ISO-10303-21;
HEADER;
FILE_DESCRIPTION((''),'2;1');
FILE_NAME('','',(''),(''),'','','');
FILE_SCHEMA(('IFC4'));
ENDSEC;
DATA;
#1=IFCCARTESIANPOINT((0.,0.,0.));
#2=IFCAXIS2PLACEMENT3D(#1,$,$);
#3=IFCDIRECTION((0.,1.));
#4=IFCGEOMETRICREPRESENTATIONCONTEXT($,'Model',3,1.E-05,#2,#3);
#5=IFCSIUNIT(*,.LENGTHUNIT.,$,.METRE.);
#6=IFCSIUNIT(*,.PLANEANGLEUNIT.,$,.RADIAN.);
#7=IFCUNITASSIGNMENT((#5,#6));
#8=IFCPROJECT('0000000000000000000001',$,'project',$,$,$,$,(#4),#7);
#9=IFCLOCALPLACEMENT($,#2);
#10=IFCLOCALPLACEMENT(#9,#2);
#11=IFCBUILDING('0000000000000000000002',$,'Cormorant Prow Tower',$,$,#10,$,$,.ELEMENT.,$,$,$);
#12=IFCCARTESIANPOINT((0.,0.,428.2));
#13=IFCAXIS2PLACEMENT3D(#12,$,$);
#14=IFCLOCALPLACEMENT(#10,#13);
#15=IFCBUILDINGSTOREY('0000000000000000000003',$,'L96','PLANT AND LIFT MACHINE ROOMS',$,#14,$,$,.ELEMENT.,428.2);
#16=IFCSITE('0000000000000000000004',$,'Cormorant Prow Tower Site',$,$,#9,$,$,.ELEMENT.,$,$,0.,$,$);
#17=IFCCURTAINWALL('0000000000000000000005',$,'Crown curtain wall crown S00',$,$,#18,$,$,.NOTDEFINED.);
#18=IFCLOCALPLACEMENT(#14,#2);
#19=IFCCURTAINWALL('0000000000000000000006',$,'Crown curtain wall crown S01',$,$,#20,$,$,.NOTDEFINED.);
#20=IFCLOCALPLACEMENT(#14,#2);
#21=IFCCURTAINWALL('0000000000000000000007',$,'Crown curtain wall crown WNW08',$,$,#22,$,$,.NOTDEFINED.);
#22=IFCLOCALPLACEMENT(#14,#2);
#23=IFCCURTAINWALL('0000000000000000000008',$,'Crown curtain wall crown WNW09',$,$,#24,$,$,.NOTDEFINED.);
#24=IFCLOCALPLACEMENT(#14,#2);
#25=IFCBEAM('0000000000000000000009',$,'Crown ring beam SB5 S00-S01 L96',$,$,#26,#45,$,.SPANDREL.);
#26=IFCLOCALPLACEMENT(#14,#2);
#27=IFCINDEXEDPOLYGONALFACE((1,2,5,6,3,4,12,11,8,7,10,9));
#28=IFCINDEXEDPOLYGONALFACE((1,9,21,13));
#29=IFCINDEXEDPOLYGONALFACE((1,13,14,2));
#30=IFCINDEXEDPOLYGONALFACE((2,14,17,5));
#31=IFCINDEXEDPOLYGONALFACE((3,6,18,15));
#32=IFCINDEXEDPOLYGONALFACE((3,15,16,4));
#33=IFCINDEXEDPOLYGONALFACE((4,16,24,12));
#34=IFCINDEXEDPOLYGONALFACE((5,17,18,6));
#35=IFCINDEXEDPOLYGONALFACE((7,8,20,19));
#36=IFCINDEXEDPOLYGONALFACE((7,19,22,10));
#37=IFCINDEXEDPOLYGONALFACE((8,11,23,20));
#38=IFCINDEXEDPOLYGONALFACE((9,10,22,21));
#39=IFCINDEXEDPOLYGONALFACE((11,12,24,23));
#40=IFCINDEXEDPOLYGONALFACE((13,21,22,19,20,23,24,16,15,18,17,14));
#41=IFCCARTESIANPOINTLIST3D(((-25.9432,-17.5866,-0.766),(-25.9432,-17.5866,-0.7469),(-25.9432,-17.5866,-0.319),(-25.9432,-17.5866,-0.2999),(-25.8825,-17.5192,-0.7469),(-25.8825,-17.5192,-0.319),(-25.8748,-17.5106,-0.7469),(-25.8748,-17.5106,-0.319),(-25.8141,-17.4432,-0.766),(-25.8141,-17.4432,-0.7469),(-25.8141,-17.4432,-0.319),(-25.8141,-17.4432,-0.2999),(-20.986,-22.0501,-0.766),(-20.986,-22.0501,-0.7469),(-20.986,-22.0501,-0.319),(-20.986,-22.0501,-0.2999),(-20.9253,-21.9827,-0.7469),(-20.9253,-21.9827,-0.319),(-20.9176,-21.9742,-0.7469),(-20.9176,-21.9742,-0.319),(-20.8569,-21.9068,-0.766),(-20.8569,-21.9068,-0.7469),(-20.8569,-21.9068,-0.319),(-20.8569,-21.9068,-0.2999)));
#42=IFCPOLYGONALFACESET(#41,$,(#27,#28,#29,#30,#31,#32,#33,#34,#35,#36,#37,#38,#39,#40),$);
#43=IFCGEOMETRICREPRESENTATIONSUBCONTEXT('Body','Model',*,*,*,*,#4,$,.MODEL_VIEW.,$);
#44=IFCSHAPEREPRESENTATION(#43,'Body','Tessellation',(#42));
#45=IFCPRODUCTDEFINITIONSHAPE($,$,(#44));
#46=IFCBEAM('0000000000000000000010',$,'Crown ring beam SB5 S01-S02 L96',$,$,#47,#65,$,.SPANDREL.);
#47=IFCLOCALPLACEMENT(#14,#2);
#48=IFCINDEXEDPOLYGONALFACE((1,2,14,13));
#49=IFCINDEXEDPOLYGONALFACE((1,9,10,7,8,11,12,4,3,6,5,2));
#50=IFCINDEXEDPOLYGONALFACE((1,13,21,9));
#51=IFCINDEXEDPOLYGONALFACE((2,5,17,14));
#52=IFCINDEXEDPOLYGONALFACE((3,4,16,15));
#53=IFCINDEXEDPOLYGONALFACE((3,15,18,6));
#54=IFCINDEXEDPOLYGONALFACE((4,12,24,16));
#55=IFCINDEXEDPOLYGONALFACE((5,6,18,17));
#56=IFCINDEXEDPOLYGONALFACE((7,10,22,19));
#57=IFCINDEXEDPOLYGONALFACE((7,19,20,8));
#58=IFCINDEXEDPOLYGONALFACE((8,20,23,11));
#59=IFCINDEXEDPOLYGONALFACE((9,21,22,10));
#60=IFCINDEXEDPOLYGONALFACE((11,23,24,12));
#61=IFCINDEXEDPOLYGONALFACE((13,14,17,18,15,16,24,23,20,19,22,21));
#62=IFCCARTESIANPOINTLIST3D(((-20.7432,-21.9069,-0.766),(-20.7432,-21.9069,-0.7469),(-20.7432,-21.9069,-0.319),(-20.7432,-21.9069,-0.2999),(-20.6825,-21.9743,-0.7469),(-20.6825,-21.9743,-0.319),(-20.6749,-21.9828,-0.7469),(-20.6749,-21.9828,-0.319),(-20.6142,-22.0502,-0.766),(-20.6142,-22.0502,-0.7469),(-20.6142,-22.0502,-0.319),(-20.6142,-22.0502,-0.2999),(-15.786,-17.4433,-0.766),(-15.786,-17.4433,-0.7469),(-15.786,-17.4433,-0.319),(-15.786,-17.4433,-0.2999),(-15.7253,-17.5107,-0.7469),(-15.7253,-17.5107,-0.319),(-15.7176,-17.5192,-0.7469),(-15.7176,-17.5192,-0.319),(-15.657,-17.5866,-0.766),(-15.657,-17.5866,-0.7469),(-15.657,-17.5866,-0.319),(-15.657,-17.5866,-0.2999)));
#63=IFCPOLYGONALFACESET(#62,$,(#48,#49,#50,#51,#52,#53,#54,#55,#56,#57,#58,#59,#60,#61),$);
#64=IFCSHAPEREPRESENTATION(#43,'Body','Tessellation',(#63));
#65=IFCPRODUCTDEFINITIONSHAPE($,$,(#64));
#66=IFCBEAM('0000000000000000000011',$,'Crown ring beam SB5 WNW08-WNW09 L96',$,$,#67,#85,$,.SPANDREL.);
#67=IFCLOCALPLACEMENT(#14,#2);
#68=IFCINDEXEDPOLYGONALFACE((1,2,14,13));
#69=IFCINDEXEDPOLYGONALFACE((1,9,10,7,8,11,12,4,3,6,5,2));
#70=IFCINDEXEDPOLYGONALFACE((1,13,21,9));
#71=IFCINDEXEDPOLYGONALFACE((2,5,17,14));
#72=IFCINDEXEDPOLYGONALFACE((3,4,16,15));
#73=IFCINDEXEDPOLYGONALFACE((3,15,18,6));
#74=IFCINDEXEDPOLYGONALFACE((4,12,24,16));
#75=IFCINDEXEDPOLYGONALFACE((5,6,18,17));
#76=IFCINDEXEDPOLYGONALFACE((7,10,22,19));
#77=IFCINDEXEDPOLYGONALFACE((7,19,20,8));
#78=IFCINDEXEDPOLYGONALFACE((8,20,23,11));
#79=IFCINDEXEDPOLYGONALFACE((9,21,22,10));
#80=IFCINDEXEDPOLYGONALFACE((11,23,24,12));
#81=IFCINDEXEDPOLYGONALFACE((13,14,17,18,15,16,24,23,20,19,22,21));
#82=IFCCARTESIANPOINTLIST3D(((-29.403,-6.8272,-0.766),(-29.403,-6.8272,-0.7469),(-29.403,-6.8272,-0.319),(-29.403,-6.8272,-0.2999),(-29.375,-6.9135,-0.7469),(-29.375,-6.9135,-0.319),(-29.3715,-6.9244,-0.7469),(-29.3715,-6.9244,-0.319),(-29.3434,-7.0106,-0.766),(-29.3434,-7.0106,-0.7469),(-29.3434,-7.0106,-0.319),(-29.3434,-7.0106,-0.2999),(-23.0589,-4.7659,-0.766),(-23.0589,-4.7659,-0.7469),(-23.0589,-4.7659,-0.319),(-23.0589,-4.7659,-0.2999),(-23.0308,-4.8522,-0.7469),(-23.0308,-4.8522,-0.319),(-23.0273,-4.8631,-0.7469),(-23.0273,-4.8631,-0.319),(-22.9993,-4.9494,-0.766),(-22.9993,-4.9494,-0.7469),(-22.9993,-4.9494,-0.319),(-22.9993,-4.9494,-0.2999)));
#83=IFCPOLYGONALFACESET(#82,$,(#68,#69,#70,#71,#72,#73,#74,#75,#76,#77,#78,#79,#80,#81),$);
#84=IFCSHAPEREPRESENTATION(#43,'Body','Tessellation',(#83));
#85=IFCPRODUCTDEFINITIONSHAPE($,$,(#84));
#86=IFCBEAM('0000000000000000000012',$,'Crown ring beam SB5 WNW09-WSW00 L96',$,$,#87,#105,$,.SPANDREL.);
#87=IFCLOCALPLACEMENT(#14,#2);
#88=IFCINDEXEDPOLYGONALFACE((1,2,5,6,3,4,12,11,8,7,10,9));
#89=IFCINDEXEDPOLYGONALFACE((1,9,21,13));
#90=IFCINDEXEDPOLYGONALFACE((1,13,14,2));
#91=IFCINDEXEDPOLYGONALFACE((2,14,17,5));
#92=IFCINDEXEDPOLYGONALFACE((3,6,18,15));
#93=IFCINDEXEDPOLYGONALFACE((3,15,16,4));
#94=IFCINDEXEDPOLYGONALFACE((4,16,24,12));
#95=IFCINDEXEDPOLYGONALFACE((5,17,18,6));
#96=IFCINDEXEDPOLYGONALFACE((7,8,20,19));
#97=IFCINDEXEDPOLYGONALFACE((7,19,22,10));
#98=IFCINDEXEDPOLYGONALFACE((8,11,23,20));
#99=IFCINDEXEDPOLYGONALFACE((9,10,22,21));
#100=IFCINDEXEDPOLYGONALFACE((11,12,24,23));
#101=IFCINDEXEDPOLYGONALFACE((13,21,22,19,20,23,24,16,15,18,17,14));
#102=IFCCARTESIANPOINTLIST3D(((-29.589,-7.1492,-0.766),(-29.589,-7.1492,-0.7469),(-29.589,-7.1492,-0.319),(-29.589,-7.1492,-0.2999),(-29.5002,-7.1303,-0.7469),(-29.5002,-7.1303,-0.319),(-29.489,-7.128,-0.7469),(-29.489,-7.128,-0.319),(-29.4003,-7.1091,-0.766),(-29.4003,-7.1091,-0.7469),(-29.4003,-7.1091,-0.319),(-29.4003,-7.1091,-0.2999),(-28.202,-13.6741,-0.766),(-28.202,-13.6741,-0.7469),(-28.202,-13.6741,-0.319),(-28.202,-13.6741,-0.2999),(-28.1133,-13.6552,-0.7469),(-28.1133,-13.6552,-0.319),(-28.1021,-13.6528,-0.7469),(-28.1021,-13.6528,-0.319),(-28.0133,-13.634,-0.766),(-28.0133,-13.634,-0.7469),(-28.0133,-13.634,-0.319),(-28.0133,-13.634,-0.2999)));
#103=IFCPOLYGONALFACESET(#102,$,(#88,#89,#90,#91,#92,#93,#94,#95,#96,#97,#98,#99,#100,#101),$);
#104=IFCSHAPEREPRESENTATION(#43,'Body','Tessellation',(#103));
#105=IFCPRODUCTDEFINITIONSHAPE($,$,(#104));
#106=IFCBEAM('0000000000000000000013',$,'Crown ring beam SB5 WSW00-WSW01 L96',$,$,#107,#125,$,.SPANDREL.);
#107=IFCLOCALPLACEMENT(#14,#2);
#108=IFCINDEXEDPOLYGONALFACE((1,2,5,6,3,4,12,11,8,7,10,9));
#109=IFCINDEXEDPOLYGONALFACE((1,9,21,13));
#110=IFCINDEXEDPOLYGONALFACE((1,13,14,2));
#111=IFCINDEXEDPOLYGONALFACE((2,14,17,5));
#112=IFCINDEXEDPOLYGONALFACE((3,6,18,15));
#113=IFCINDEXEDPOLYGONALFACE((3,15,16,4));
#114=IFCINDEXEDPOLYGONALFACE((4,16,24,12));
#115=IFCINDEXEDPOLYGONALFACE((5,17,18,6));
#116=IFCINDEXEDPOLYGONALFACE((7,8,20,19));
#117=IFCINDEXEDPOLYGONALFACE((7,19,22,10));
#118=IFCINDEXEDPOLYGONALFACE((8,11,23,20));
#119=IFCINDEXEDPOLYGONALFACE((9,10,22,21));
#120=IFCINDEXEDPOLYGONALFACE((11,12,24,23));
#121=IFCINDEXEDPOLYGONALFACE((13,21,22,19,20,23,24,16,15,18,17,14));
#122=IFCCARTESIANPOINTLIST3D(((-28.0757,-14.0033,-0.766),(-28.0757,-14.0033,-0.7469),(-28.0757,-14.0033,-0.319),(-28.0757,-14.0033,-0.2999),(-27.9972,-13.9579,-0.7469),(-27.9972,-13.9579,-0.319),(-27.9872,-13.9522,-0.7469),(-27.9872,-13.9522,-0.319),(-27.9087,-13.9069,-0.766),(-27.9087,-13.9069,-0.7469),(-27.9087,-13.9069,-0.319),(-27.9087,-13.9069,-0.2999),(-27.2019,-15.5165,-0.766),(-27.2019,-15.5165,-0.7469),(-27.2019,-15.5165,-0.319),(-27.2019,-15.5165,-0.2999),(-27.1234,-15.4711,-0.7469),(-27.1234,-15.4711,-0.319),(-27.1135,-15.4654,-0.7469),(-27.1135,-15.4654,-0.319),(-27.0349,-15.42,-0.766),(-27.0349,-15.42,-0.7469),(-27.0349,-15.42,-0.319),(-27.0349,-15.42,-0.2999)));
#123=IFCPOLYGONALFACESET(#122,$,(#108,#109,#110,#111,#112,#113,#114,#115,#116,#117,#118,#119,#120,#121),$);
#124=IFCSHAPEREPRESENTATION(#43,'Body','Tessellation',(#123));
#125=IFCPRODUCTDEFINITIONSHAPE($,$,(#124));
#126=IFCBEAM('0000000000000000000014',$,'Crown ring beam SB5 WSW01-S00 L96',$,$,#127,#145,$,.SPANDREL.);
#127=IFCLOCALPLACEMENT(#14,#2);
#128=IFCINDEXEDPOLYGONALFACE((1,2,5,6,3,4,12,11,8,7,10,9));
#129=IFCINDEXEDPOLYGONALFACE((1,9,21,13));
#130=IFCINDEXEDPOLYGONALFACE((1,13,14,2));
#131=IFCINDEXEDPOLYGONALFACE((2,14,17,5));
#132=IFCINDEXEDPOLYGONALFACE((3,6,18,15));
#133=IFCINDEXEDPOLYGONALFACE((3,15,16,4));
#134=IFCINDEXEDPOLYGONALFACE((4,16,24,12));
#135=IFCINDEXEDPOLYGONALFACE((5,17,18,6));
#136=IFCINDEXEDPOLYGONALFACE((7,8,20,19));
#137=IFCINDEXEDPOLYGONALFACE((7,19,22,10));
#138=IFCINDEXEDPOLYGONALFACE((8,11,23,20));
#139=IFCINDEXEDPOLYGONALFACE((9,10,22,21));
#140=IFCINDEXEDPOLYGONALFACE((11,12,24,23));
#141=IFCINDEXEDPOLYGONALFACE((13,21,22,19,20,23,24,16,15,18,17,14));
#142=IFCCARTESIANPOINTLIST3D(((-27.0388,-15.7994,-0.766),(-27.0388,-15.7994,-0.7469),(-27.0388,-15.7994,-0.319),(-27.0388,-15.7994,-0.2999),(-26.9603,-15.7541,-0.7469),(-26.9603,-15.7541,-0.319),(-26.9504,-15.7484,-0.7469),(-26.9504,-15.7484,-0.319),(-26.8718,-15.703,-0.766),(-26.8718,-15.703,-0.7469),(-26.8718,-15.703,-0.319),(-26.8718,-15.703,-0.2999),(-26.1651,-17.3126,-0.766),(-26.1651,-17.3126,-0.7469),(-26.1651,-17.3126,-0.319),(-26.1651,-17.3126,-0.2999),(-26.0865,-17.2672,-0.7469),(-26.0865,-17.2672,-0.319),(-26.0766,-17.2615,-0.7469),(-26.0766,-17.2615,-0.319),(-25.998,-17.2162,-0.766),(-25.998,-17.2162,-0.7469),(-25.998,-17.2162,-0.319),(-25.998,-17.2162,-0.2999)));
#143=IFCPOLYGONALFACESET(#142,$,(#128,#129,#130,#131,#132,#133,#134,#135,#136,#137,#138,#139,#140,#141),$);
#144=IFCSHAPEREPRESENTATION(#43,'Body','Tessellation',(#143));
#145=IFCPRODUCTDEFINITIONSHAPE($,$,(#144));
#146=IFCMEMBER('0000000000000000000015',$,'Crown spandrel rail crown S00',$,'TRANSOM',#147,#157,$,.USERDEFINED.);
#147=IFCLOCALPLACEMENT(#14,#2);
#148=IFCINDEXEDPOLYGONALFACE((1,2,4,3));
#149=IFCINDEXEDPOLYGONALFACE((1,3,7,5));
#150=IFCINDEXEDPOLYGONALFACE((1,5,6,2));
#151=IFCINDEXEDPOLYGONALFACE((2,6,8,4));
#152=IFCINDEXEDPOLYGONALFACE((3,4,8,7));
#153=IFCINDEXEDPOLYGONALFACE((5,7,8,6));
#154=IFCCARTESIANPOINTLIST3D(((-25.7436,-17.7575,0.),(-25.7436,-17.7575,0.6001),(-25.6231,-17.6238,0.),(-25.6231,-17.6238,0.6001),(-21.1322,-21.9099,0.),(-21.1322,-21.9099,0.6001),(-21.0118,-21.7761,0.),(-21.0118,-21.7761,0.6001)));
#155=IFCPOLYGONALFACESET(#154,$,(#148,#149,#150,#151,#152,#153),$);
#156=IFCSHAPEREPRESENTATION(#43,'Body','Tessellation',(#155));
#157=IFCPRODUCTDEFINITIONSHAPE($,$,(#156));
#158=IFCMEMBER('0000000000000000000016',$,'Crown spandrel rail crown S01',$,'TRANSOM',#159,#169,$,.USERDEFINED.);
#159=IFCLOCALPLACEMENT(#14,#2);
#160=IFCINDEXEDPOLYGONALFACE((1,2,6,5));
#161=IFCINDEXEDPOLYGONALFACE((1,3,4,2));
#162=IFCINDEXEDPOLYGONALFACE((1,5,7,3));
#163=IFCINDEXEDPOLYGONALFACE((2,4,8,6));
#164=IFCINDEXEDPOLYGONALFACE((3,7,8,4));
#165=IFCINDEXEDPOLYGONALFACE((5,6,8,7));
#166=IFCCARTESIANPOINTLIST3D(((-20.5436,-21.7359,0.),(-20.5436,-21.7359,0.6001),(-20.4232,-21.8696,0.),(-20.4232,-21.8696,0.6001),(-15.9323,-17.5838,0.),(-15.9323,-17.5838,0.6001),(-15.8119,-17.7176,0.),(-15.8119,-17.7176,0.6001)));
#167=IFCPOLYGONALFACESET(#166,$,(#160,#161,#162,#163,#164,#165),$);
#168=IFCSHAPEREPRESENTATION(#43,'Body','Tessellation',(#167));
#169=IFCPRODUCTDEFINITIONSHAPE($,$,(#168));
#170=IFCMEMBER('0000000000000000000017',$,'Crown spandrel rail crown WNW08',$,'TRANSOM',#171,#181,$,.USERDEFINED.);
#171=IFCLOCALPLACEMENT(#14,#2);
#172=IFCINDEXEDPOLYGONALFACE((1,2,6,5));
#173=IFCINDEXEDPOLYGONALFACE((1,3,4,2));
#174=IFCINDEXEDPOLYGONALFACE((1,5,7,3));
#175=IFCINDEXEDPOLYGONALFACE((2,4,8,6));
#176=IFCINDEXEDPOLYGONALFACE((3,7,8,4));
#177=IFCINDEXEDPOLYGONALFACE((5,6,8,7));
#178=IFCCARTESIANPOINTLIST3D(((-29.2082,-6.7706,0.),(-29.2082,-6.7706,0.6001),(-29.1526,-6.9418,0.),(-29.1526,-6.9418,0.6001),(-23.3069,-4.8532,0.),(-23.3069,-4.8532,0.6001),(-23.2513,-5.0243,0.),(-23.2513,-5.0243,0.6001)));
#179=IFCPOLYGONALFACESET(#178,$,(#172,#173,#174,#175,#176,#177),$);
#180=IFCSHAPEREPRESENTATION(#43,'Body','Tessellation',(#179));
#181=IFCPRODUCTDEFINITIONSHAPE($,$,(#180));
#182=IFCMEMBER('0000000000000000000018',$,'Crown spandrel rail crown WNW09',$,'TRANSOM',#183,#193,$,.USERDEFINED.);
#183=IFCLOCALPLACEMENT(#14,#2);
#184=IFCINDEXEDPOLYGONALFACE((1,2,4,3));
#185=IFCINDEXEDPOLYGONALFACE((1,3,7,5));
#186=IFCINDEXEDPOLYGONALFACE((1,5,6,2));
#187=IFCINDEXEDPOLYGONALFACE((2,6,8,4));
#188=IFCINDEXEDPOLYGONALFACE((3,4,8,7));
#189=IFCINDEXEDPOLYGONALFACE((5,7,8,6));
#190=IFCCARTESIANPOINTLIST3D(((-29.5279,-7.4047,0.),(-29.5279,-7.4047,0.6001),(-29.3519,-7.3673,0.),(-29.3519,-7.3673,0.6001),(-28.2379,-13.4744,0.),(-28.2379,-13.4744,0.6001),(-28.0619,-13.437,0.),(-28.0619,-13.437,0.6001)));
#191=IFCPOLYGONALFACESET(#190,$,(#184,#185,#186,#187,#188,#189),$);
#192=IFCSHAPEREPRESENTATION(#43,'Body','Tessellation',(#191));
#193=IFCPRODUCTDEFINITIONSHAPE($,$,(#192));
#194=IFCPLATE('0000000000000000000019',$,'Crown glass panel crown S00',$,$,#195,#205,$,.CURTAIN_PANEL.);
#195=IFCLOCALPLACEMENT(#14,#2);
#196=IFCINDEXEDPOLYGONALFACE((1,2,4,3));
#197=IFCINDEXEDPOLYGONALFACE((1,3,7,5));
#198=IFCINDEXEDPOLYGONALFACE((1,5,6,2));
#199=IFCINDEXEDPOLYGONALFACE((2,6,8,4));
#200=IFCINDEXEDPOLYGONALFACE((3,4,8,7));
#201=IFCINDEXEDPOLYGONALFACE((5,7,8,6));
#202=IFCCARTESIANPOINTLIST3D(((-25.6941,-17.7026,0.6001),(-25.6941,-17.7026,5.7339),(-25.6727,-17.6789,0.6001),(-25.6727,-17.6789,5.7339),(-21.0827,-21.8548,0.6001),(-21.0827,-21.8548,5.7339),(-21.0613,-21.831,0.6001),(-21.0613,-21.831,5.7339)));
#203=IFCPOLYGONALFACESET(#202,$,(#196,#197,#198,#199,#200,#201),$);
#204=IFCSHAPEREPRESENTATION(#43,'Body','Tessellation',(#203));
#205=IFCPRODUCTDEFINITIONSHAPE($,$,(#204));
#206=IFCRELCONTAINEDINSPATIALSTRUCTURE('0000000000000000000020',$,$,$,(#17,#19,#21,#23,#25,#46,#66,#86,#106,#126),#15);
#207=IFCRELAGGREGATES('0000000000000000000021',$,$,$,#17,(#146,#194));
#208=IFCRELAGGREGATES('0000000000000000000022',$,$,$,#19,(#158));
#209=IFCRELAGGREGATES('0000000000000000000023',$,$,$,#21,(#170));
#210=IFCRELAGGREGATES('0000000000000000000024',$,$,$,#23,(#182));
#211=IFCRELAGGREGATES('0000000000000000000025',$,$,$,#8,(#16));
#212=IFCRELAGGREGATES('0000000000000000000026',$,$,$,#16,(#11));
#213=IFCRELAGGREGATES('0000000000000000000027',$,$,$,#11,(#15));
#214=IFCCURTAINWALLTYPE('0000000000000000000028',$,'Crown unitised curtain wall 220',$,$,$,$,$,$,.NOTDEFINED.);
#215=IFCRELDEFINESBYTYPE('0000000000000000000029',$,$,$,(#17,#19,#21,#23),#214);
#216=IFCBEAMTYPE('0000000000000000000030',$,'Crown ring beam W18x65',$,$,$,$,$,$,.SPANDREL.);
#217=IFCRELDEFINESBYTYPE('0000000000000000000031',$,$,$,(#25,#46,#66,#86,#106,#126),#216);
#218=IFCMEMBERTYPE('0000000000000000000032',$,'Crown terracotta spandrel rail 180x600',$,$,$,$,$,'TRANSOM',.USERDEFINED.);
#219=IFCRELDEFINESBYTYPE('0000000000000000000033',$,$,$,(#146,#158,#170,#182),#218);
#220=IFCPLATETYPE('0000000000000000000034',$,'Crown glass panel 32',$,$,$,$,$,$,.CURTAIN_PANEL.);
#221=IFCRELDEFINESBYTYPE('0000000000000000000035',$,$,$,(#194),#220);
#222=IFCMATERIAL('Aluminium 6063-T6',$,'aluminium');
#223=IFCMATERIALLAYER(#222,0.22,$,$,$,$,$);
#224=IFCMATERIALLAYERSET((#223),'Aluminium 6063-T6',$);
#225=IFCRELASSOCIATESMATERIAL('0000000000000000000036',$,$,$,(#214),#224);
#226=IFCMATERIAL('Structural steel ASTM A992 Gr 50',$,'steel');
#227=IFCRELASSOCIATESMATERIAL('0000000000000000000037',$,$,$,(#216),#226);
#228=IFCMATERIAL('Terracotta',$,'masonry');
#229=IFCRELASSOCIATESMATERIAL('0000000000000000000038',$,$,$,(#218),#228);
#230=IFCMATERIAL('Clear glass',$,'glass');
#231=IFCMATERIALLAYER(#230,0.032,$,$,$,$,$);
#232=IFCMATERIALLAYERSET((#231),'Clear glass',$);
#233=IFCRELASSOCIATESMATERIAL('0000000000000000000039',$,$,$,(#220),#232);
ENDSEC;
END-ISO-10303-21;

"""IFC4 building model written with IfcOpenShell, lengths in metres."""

from ifc_helpers import new_model, si_unit, direction, frame, origin, origin_2d, place, context, subcontext, project, spatial, rectangle, i_section, extrude, material, layer, layer_set, material_profile, profile_set, type_object, element, aggregate, save


model = new_model("IFC4")

# Units and contexts
model_context = context("Model", 3, precision=1e-05, world=origin(), true_north=direction((0.0, 1.0)))
body_context = subcontext(model_context, "Body", "Model", "MODEL_VIEW")
ifc_project = project(units=[si_unit("LENGTHUNIT", "METRE"), si_unit("PLANEANGLEUNIT", "RADIAN")], contexts=[model_context])

# Site, building, storey
site_placement = place(None, origin())
site = spatial("IfcSite", under=ifc_project, at=site_placement, Name="Cormorant Prow Tower Site", CompositionType="ELEMENT", RefElevation=0.0)
building_placement = place(site_placement, origin())
building = spatial("IfcBuilding", under=site, at=building_placement, Name="Cormorant Prow Tower", CompositionType="ELEMENT")
storey_placement = place(building_placement, frame((0.0, 0.0, 428.2)))
storey = spatial("IfcBuildingStorey", under=building, at=storey_placement, Name="L96", Description="PLANT AND LIFT MACHINE ROOMS", CompositionType="ELEMENT", Elevation=428.2)

# Curtain walls
ifc_material_1 = material(Name="Aluminium 6063-T6", Category="aluminium")
ifc_layer_1 = layer(ifc_material_1, 0.22)
ifc_layer_set_1 = layer_set([ifc_layer_1], Name="Aluminium 6063-T6")
curtain_wall_type = type_object("IfcCurtainWallType", Name="Crown unitised curtain wall 220", PredefinedType="NOTDEFINED", material=ifc_layer_set_1)
curtain_wall_1_placement = place(storey_placement, origin())
curtain_wall_1 = element("IfcCurtainWall", 1, at=curtain_wall_1_placement, inside=storey, type_object=curtain_wall_type, Name="Crown curtain wall crown S00", PredefinedType="NOTDEFINED")
curtain_wall_2_placement = place(storey_placement, origin())
curtain_wall_2 = element("IfcCurtainWall", 2, at=curtain_wall_2_placement, inside=storey, type_object=curtain_wall_type, Name="Crown curtain wall crown S01", PredefinedType="NOTDEFINED")
curtain_wall_3_placement = place(storey_placement, origin())
curtain_wall_3 = element("IfcCurtainWall", 3, at=curtain_wall_3_placement, inside=storey, type_object=curtain_wall_type, Name="Crown curtain wall crown WNW08", PredefinedType="NOTDEFINED")
curtain_wall_4_placement = place(storey_placement, origin())
curtain_wall_4 = element("IfcCurtainWall", 4, at=curtain_wall_4_placement, inside=storey, type_object=curtain_wall_type, Name="Crown curtain wall crown WNW09", PredefinedType="NOTDEFINED")

# Beams
ifc_material_2 = material(Name="Structural steel ASTM A992 Gr 50", Category="steel")
ifc_material_profile_1 = material_profile(ifc_material_2, i_section(OverallWidth=0.1929, OverallDepth=0.4661, WebThickness=0.0115, FlangeThickness=0.019, at=origin_2d()), Name="W18x65")
ifc_profile_set_1 = profile_set([ifc_material_profile_1], Name="Structural steel ASTM A992 Gr 50")
beam_type = type_object("IfcBeamType", Name="Crown ring beam W18x65", PredefinedType="SPANDREL", material=ifc_profile_set_1)
for number, where, z_axis, x_axis, name in (
    (5, (-25.8787, -17.5149, -0.533), (0.743139, -0.669137, 0.0), (0.669137, 0.743139, 0.0), "Crown ring beam SB5 S00-S01 L96"),
    (6, (-20.6787, -21.9785, -0.533), (0.743139, 0.669137, 0.0), (-0.669137, 0.743139, 0.0), "Crown ring beam SB5 S01-S02 L96"),
    (7, (-23.0291, -4.8577, -0.533), (-0.95106, -0.309005, 0.0), (0.309005, -0.95106, 0.0), "Crown ring beam SB5 WNW08-WNW09 L96"),
    (8, (-29.4946, -7.1292, -0.533), (0.207919, -0.978146, 0.0), (0.978146, 0.207919, 0.0), "Crown ring beam SB5 WNW09-WSW00 L96"),
):
    element("IfcBeam", number, at=place(storey_placement, frame(where, z_axis=z_axis, x_axis=x_axis)), inside=storey, type_object=beam_type, Name=name, PredefinedType="SPANDREL", context=body_context, shape_type="SweptSolid", body=[
        extrude(i_section(OverallWidth=0.1929, OverallDepth=0.4661, WebThickness=0.0115, FlangeThickness=0.019, at=origin_2d()), origin(), (0.0, 0.0, 1.0), 6.6707),
    ])
for number, where, z_axis, x_axis, name in (
    (9, (-27.9922, -13.9551, -0.533), (0.500061, -0.86599, 0.0), (0.86599, 0.500061, 0.0), "Crown ring beam SB5 WSW00-WSW01 L96"),
    (10, (-26.9553, -15.7512, -0.533), (0.500061, -0.86599, 0.0), (0.86599, 0.500061, 0.0), "Crown ring beam SB5 WSW01-S00 L96"),
):
    element("IfcBeam", number, at=place(storey_placement, frame(where, z_axis=z_axis, x_axis=x_axis)), inside=storey, type_object=beam_type, Name=name, PredefinedType="SPANDREL", context=body_context, shape_type="SweptSolid", body=[
        extrude(i_section(OverallWidth=0.1929, OverallDepth=0.4661, WebThickness=0.0115, FlangeThickness=0.019, at=origin_2d()), origin(), (0.0, 0.0, 1.0), 1.7473),
    ])

# Members
ifc_material_3 = material(Name="Terracotta", Category="masonry")
ifc_material_profile_2 = material_profile(ifc_material_3, rectangle(XDim=0.1799, YDim=0.6001, at=origin_2d()), Name="Crown terracotta spandrel rail 180x600")
ifc_profile_set_2 = profile_set([ifc_material_profile_2], Name="Terracotta")
member_type_1 = type_object("IfcMemberType", Name="Crown terracotta spandrel rail 180x600", ElementType="TRANSOM", PredefinedType="USERDEFINED", material=ifc_profile_set_2)
member_1_placement = place(storey_placement, frame((-25.6833, -17.6907, 0.3), z_axis=(0.743122, -0.669156, 0.0), x_axis=(0.669156, 0.743122, 0.0)))
member_1 = element("IfcMember", 11, at=member_1_placement, type_object=member_type_1, Name="Crown spandrel rail crown S00", ObjectType="TRANSOM", PredefinedType="USERDEFINED", context=body_context, shape_type="SweptSolid", body=[
    extrude(rectangle(XDim=0.1799, YDim=0.6001, at=origin_2d()), origin(), (0.0, 0.0, 1.0), 6.2053),
])
member_2_placement = place(storey_placement, frame((-20.4834, -21.8027, 0.3), z_axis=(0.743142, 0.669134, 0.0), x_axis=(-0.669134, 0.743142, 0.0)))
member_2 = element("IfcMember", 12, at=member_2_placement, type_object=member_type_1, Name="Crown spandrel rail crown S01", ObjectType="TRANSOM", PredefinedType="USERDEFINED", context=body_context, shape_type="SweptSolid", body=[
    extrude(rectangle(XDim=0.1799, YDim=0.6001, at=origin_2d()), origin(), (0.0, 0.0, 1.0), 6.2051),
])
member_3_placement = place(storey_placement, frame((-23.2791, -4.9387, 0.3), z_axis=(-0.951056, -0.309018, 0.0), x_axis=(0.309018, -0.951056, 0.0)))
member_3 = element("IfcMember", 13, at=member_3_placement, type_object=member_type_1, Name="Crown spandrel rail crown WNW08", ObjectType="TRANSOM", PredefinedType="USERDEFINED", context=body_context, shape_type="SweptSolid", body=[
    extrude(rectangle(XDim=0.1799, YDim=0.6001, at=origin_2d()), origin(), (0.0, 0.0, 1.0), 6.2051),
])
member_4_placement = place(storey_placement, frame((-29.4399, -7.386, 0.3), z_axis=(0.20789, -0.978152, 0.0), x_axis=(0.978152, 0.20789, 0.0)))
member_4 = element("IfcMember", 14, at=member_4_placement, type_object=member_type_1, Name="Crown spandrel rail crown WNW09", ObjectType="TRANSOM", PredefinedType="USERDEFINED", context=body_context, shape_type="SweptSolid", body=[
    extrude(rectangle(XDim=0.1799, YDim=0.6001, at=origin_2d()), origin(), (0.0, 0.0, 1.0), 6.2053),
])

# Plate
ifc_material_4 = material(Name="Clear glass", Category="glass")
ifc_layer_2 = layer(ifc_material_4, 0.032)
ifc_layer_set_2 = layer_set([ifc_layer_2], Name="Clear glass")
plate_type = type_object("IfcPlateType", Name="Crown glass panel 32", PredefinedType="CURTAIN_PANEL", material=ifc_layer_set_2)
plate_1_placement = place(storey_placement, frame((-23.3777, -19.7668, 0.6001), z_axis=(0.0, 0.0, 1.0), x_axis=(0.743145, -0.669131, 0.0)))
plate_1 = element("IfcPlate", 15, at=plate_1_placement, type_object=plate_type, Name="Crown glass panel crown S00", PredefinedType="CURTAIN_PANEL", context=body_context, shape_type="SweptSolid", body=[
    extrude(rectangle(XDim=6.2053, YDim=0.032, at=origin_2d()), origin(), (0.0, 0.0, 1.0), 5.1338),
])
aggregate(curtain_wall_1, [member_1, plate_1])
aggregate(curtain_wall_2, [member_2])

aggregate(curtain_wall_3, [member_3])
aggregate(curtain_wall_4, [member_4])

save(model, "model.ifc")
